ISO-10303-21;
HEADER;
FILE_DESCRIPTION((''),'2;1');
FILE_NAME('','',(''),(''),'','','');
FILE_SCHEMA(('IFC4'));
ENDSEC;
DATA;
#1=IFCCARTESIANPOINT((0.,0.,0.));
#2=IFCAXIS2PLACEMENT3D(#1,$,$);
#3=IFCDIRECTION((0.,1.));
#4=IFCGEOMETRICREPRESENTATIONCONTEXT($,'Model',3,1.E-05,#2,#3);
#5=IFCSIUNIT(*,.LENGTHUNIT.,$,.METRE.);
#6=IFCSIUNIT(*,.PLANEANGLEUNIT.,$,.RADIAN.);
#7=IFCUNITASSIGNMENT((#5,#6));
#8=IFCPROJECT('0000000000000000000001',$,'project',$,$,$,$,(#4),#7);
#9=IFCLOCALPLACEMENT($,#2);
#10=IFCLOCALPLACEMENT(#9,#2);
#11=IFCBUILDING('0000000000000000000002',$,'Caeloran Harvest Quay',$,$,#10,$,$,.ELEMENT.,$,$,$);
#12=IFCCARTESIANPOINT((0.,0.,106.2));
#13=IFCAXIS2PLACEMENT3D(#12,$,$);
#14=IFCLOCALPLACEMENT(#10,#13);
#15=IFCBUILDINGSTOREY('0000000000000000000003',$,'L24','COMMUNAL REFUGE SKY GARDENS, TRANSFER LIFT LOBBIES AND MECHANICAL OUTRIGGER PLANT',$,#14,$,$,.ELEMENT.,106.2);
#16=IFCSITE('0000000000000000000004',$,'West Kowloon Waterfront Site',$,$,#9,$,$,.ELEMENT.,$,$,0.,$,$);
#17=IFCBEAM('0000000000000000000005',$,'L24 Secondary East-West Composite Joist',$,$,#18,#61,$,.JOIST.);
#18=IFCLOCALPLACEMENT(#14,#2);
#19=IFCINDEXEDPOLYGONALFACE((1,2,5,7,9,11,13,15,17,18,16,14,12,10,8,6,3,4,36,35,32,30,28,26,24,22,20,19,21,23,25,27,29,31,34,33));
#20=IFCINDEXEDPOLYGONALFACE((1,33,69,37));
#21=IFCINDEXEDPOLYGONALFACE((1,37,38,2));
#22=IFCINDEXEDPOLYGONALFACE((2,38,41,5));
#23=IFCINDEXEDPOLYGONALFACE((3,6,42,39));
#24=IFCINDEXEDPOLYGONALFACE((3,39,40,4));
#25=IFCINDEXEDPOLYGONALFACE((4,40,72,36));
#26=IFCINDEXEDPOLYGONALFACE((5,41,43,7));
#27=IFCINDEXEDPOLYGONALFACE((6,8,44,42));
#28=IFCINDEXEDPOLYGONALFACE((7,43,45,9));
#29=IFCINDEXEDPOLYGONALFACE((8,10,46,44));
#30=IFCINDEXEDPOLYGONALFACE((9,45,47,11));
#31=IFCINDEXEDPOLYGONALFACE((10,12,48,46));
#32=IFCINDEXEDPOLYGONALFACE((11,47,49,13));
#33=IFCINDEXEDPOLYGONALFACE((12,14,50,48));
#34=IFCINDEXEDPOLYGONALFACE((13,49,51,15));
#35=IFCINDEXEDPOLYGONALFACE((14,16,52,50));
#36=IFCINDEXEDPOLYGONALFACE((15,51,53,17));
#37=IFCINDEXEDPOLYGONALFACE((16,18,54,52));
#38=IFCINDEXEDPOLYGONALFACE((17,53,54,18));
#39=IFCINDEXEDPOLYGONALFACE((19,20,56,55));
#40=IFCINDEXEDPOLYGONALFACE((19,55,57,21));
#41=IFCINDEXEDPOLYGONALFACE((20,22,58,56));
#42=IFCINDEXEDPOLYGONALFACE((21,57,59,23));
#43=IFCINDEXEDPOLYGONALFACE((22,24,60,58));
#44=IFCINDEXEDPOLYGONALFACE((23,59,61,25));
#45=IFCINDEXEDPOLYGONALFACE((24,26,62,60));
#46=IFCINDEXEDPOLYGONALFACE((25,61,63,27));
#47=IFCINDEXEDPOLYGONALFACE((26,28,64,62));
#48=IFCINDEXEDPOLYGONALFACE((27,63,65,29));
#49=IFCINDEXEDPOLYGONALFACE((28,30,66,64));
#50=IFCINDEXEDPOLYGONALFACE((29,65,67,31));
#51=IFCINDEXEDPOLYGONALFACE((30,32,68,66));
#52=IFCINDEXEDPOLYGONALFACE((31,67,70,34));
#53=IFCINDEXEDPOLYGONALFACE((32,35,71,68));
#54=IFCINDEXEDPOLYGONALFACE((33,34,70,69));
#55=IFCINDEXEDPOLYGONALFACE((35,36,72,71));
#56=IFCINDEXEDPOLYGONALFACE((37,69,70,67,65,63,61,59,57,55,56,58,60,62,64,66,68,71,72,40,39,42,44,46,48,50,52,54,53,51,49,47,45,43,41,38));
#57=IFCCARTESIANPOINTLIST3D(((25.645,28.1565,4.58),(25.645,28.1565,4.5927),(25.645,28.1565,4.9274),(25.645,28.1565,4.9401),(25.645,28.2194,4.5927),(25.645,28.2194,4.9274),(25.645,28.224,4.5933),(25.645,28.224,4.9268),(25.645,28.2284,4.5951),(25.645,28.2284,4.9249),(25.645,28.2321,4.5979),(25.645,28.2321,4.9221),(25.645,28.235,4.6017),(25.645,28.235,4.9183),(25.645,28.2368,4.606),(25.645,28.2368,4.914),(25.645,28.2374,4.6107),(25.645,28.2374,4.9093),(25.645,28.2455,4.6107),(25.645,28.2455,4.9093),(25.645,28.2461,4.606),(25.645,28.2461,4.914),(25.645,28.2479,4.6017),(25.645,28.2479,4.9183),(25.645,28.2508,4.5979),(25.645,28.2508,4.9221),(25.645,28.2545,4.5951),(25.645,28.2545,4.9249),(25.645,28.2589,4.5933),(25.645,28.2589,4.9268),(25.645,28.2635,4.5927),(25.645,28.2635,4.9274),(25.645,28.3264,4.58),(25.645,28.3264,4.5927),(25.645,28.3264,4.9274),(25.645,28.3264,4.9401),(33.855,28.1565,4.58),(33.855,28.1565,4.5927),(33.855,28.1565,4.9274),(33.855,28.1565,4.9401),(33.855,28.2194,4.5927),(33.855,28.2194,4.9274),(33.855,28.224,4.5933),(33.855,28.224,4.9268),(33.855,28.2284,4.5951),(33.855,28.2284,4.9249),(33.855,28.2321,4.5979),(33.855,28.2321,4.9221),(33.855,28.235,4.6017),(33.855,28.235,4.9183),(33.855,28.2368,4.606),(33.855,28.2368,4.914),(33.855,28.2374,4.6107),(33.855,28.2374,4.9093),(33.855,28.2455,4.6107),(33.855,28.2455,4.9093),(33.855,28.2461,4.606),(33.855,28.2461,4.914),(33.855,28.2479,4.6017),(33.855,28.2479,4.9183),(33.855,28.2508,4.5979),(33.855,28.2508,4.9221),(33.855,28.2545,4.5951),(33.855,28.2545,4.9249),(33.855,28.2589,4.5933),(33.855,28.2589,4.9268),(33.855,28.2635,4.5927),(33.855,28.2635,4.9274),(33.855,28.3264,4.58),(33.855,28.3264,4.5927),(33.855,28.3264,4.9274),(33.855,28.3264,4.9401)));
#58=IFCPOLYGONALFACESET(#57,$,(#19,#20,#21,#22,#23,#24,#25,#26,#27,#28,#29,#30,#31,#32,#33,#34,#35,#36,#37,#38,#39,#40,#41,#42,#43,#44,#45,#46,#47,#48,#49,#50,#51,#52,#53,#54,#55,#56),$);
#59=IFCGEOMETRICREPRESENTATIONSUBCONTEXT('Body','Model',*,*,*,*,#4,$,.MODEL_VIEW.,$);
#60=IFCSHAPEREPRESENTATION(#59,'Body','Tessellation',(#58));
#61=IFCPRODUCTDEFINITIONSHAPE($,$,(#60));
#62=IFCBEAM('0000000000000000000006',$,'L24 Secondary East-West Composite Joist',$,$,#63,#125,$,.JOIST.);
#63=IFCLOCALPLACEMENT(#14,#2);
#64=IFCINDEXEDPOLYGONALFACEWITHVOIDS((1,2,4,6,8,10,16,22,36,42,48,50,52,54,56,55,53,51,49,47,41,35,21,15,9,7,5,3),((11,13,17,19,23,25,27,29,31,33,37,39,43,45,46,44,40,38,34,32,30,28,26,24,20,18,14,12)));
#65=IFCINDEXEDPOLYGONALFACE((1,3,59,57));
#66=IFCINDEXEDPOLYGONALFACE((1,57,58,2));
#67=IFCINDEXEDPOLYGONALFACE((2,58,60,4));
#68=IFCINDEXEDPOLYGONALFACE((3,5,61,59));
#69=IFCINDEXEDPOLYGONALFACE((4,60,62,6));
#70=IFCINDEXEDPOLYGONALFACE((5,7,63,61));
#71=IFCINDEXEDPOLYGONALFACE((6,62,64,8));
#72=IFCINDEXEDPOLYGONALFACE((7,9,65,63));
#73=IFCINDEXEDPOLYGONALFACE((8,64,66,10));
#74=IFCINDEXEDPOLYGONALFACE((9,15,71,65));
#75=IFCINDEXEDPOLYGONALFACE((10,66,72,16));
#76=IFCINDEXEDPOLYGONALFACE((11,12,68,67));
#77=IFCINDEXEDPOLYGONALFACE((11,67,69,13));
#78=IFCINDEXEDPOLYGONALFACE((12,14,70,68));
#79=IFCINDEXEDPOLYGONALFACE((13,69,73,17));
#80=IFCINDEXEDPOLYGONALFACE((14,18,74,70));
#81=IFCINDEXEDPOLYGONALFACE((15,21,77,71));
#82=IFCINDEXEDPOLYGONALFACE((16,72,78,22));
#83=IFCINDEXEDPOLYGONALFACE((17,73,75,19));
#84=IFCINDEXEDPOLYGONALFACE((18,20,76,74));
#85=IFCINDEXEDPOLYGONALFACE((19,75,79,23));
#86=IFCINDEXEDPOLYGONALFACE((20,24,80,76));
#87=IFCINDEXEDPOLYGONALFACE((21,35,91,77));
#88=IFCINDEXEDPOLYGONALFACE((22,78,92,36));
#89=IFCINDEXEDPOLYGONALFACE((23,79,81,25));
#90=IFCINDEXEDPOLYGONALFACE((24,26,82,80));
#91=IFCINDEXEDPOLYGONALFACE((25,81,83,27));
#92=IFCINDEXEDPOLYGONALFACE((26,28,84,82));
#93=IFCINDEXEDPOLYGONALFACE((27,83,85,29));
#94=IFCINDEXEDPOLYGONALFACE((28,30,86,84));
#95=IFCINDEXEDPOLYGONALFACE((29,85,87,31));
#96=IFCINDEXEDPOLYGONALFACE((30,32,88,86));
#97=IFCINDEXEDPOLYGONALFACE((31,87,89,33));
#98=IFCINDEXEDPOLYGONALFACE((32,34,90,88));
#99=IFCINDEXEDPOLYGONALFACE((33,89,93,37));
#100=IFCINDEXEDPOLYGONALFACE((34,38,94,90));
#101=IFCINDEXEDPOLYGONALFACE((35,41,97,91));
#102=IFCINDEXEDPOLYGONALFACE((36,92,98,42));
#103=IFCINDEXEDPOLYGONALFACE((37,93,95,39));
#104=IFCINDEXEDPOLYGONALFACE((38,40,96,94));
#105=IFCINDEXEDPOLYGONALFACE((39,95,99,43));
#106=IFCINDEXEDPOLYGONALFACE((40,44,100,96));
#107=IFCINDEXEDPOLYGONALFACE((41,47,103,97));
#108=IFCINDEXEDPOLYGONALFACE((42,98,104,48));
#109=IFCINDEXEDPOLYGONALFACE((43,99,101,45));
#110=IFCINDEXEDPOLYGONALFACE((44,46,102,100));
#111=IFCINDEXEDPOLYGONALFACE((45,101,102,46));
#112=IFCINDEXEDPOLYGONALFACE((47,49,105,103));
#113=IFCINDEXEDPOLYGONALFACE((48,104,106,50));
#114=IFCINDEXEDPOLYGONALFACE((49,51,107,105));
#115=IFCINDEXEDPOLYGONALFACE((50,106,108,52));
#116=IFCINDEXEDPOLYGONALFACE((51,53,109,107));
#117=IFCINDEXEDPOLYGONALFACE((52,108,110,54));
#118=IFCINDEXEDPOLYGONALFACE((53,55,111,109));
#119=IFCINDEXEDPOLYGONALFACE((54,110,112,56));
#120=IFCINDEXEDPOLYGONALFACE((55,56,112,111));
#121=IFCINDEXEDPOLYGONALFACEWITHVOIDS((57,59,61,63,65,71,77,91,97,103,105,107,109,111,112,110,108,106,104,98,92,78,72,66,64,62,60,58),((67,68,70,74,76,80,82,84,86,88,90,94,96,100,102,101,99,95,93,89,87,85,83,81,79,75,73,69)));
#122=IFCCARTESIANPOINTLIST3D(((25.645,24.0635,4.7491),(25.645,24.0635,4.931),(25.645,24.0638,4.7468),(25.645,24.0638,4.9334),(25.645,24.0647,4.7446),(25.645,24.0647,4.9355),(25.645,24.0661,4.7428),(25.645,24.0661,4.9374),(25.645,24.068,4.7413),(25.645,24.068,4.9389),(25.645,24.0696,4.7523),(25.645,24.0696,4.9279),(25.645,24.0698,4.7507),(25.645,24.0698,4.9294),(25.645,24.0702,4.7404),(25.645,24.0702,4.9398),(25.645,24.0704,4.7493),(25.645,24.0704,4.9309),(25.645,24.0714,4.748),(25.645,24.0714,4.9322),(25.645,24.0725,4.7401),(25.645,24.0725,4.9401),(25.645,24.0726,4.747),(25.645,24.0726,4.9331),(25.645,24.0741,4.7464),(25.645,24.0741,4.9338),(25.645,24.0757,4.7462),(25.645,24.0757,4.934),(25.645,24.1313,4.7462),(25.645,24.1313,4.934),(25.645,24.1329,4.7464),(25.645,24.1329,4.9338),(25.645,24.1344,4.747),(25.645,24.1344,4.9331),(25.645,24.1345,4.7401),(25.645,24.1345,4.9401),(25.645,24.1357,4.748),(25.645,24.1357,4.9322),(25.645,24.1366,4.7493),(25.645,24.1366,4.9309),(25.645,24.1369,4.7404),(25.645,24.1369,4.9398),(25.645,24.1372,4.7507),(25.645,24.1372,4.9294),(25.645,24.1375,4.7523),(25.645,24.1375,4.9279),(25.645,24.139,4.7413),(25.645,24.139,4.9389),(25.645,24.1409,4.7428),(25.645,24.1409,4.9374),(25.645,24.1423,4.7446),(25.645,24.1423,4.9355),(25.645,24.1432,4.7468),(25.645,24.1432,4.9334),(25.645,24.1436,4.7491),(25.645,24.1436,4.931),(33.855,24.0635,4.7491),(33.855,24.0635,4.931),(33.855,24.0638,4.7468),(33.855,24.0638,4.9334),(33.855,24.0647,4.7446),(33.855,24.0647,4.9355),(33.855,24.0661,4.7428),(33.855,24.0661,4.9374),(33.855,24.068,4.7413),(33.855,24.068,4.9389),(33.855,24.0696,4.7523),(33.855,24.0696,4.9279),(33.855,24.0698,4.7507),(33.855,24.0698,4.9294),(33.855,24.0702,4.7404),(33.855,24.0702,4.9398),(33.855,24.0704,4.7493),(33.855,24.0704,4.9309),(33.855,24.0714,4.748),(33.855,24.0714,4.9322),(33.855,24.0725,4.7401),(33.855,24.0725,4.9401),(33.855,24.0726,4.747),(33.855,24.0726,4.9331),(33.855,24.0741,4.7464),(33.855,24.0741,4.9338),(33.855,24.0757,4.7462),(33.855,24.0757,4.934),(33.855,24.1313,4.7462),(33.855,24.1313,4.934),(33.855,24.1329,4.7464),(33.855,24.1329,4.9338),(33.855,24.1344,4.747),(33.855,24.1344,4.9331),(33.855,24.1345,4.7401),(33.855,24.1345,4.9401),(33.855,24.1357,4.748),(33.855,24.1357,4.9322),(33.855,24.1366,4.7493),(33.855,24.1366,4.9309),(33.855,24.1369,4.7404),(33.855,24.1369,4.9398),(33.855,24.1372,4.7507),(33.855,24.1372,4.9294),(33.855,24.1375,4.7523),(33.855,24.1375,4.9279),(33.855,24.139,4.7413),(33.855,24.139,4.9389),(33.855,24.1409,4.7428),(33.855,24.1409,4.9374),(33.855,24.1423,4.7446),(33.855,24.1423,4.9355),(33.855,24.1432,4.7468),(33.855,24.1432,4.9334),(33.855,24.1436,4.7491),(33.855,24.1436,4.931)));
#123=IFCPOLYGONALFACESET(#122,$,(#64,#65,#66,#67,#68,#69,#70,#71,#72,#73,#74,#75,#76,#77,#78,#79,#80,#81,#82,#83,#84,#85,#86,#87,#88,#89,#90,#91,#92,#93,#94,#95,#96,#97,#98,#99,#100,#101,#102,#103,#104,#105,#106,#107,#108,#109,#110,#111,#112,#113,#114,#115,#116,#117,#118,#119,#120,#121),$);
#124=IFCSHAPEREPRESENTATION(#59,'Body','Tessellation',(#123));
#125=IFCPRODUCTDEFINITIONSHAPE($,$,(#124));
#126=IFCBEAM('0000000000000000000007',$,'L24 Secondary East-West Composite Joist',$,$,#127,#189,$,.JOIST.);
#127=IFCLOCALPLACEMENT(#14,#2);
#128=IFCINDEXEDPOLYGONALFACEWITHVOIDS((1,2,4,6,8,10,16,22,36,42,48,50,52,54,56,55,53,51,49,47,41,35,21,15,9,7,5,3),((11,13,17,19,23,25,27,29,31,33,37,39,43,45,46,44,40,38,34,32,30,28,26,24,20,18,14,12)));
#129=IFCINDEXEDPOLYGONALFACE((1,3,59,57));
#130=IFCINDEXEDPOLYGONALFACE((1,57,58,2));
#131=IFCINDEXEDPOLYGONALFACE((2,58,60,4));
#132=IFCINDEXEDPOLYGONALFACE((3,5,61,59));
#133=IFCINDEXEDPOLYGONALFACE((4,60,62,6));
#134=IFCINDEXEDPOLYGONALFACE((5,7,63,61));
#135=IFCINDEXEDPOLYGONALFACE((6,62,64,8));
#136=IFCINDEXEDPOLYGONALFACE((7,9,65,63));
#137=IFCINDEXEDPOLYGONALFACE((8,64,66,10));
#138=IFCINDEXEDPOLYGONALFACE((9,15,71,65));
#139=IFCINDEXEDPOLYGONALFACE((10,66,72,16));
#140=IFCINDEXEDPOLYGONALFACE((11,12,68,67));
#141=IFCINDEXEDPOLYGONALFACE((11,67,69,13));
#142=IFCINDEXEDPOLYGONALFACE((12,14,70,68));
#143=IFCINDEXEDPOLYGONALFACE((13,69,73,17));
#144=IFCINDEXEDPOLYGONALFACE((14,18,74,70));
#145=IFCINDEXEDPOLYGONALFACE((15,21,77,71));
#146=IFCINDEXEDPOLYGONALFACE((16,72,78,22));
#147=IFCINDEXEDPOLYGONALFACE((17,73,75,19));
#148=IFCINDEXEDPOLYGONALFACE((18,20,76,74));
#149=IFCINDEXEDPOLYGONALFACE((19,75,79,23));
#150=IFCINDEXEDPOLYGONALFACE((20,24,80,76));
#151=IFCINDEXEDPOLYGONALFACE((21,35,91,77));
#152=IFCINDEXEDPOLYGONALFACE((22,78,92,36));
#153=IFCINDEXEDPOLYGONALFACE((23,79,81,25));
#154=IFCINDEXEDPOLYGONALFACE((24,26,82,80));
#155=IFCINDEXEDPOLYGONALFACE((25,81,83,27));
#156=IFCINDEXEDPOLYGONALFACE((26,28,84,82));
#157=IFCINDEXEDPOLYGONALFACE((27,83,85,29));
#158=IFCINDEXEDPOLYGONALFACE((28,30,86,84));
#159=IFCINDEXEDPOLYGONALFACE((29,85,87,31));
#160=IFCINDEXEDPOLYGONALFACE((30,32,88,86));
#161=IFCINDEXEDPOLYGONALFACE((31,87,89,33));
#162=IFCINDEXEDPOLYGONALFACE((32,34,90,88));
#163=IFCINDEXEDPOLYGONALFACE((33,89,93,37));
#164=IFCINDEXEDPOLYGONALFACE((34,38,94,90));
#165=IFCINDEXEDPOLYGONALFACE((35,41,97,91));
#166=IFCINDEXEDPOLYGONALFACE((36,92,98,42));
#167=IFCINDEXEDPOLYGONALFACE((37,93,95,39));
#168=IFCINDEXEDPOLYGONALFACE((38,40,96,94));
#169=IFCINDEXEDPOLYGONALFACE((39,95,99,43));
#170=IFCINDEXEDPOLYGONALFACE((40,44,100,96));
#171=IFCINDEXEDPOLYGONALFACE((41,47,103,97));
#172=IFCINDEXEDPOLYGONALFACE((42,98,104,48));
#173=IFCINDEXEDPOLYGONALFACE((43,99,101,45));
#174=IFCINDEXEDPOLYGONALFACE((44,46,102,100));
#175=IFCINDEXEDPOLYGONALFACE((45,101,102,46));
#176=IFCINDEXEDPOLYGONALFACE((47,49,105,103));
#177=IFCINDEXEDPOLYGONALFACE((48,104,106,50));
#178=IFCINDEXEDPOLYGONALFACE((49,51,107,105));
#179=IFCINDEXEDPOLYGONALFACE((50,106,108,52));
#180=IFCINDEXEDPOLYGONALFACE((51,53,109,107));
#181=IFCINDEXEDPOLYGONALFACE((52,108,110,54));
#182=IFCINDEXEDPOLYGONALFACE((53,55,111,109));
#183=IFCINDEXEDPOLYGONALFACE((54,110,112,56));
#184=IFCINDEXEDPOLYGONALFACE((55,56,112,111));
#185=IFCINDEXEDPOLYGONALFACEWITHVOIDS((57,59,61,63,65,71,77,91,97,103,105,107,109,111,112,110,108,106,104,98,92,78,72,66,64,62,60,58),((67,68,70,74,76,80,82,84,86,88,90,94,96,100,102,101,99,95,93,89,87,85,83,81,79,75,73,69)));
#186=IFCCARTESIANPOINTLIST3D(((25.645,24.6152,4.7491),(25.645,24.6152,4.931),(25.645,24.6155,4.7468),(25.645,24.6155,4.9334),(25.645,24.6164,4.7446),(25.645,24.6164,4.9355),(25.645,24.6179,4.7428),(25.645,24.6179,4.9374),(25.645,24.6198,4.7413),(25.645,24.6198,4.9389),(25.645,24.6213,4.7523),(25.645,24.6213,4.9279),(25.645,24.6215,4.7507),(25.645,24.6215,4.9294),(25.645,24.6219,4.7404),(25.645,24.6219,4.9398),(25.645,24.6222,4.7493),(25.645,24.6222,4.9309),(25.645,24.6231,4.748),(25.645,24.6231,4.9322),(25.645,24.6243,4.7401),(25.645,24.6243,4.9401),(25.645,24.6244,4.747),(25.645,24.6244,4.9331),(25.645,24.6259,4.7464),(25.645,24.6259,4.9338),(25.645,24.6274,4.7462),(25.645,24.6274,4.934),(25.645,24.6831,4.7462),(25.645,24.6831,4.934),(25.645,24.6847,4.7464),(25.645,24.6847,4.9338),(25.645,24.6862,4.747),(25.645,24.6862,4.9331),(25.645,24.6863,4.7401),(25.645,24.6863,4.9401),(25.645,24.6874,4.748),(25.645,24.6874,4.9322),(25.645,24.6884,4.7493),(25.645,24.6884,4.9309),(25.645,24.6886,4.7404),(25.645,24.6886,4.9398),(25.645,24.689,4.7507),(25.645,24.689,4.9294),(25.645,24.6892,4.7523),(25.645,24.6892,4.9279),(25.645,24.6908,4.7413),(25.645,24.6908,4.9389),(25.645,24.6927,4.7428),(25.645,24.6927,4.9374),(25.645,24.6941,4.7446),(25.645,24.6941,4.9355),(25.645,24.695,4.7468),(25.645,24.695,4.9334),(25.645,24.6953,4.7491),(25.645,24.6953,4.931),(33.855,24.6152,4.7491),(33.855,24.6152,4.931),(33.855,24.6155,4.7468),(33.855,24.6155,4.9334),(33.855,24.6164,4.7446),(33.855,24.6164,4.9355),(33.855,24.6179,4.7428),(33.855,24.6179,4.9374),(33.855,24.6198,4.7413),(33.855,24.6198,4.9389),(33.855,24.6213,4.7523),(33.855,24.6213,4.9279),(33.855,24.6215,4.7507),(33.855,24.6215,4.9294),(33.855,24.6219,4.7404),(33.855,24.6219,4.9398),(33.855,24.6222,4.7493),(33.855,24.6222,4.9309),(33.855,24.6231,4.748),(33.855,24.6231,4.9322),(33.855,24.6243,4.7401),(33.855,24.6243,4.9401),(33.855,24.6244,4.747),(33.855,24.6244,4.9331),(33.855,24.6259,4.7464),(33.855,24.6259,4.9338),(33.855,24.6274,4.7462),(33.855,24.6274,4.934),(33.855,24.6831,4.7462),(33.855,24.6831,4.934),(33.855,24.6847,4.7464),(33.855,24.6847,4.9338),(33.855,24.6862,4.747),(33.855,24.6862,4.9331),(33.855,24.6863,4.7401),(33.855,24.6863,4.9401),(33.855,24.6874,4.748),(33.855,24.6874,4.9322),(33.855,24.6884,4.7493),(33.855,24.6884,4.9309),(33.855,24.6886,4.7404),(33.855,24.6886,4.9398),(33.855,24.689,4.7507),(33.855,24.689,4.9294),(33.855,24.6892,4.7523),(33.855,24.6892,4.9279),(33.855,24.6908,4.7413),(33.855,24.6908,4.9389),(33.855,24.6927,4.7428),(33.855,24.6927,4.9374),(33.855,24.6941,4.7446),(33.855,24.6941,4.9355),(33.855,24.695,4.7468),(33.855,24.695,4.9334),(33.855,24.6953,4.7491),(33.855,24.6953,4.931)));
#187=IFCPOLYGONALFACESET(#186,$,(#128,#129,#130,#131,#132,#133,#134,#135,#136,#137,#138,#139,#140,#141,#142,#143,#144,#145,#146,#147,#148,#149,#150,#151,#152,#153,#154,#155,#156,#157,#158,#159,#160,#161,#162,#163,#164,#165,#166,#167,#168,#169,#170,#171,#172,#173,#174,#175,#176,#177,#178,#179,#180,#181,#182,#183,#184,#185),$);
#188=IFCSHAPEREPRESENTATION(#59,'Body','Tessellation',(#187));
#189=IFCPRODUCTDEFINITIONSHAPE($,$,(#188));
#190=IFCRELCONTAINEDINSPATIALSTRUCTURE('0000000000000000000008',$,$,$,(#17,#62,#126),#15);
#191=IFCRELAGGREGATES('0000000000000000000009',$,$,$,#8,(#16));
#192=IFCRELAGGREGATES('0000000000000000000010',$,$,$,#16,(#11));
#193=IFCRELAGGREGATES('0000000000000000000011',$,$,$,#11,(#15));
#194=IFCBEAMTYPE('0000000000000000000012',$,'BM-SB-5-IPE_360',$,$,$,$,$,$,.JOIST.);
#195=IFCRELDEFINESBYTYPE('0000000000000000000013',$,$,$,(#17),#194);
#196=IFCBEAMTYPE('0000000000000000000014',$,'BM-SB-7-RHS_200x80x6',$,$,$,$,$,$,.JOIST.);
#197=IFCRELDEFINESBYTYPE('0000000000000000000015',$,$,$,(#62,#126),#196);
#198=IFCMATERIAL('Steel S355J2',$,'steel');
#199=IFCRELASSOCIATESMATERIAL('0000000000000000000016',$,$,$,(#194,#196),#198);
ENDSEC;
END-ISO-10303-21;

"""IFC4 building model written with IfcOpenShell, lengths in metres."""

from ifc_helpers import new_model, si_unit, direction, frame, origin, origin_2d, place, context, subcontext, project, spatial, hollow_rectangle, i_section, extrude, material, material_profile, profile_set, type_object, element, save


model = new_model("IFC4")

# Units and contexts
model_context = context("Model", 3, precision=1e-05, world=origin(), true_north=direction((0.0, 1.0)))
body_context = subcontext(model_context, "Body", "Model", "MODEL_VIEW")
ifc_project = project(units=[si_unit("LENGTHUNIT", "METRE"), si_unit("PLANEANGLEUNIT", "RADIAN")], contexts=[model_context])

# Site, building, storey
site_placement = place(None, origin())
site = spatial("IfcSite", under=ifc_project, at=site_placement, Name="West Kowloon Waterfront Site", CompositionType="ELEMENT", RefElevation=0.0)
building_placement = place(site_placement, origin())
building = spatial("IfcBuilding", under=site, at=building_placement, Name="Caeloran Harvest Quay", CompositionType="ELEMENT")
storey_placement = place(building_placement, frame((0.0, 0.0, 106.2)))
storey = spatial("IfcBuildingStorey", under=building, at=storey_placement, Name="L24", Description="COMMUNAL REFUGE SKY GARDENS, TRANSFER LIFT LOBBIES AND MECHANICAL OUTRIGGER PLANT", CompositionType="ELEMENT", Elevation=106.2)

# Beams
ifc_material = material(Name="Steel S355J2", Category="steel")
ifc_material_profile_1 = material_profile(ifc_material, i_section(OverallWidth=0.1699, OverallDepth=0.3601, WebThickness=0.0081, FlangeThickness=0.0127, FilletRadius=0.0181, at=origin_2d()), Name="IPE 360")
ifc_profile_set_1 = profile_set([ifc_material_profile_1], Name="Steel S355J2")
beam_type_1 = type_object("IfcBeamType", Name="BM-SB-5-IPE_360", PredefinedType="JOIST", material=ifc_profile_set_1)
for number, where, z_axis, x_axis, name in (
    (1, (25.645, 28.2415, 4.76), (1.0, 0.0, 0.0), (0.0, 1.0, 0.0), "L24 Secondary East-West Composite Joist"),
):
    element("IfcBeam", number, at=place(storey_placement, frame(where, z_axis=z_axis, x_axis=x_axis)), inside=storey, type_object=beam_type_1, Name=name, PredefinedType="JOIST", context=body_context, shape_type="SweptSolid", body=[
        extrude(i_section(OverallWidth=0.1699, OverallDepth=0.3601, WebThickness=0.0081, FlangeThickness=0.0127, FilletRadius=0.0181, at=origin_2d()), origin(), (0.0, 0.0, 1.0), 8.21),
    ])
ifc_material_profile_2 = material_profile(ifc_material, hollow_rectangle(XDim=0.0801, YDim=0.2, WallThickness=0.0061, InnerFilletRadius=0.0061, OuterFilletRadius=0.009, at=origin_2d()), Name="RHS 200x80x6")
ifc_profile_set_2 = profile_set([ifc_material_profile_2], Name="Steel S355J2")
beam_type_2 = type_object("IfcBeamType", Name="BM-SB-7-RHS_200x80x6", PredefinedType="JOIST", material=ifc_profile_set_2)
for number, where, z_axis, x_axis, name in (
    (2, (25.645, 24.1035, 4.8401), (1.0, 0.0, 0.0), (0.0, 1.0, 0.0), "L24 Secondary East-West Composite Joist"),
    (3, (25.645, 24.6553, 4.8401), (1.0, 0.0, 0.0), (0.0, 1.0, 0.0), "L24 Secondary East-West Composite Joist"),
):
    element("IfcBeam", number, at=place(storey_placement, frame(where, z_axis=z_axis, x_axis=x_axis)), inside=storey, type_object=beam_type_2, Name=name, PredefinedType="JOIST", context=body_context, shape_type="SweptSolid", body=[
        extrude(hollow_rectangle(XDim=0.0801, YDim=0.2, WallThickness=0.0061, InnerFilletRadius=0.0061, OuterFilletRadius=0.009, at=origin_2d()), origin(), (0.0, 0.0, 1.0), 8.21),
    ])

save(model, "model.ifc")
